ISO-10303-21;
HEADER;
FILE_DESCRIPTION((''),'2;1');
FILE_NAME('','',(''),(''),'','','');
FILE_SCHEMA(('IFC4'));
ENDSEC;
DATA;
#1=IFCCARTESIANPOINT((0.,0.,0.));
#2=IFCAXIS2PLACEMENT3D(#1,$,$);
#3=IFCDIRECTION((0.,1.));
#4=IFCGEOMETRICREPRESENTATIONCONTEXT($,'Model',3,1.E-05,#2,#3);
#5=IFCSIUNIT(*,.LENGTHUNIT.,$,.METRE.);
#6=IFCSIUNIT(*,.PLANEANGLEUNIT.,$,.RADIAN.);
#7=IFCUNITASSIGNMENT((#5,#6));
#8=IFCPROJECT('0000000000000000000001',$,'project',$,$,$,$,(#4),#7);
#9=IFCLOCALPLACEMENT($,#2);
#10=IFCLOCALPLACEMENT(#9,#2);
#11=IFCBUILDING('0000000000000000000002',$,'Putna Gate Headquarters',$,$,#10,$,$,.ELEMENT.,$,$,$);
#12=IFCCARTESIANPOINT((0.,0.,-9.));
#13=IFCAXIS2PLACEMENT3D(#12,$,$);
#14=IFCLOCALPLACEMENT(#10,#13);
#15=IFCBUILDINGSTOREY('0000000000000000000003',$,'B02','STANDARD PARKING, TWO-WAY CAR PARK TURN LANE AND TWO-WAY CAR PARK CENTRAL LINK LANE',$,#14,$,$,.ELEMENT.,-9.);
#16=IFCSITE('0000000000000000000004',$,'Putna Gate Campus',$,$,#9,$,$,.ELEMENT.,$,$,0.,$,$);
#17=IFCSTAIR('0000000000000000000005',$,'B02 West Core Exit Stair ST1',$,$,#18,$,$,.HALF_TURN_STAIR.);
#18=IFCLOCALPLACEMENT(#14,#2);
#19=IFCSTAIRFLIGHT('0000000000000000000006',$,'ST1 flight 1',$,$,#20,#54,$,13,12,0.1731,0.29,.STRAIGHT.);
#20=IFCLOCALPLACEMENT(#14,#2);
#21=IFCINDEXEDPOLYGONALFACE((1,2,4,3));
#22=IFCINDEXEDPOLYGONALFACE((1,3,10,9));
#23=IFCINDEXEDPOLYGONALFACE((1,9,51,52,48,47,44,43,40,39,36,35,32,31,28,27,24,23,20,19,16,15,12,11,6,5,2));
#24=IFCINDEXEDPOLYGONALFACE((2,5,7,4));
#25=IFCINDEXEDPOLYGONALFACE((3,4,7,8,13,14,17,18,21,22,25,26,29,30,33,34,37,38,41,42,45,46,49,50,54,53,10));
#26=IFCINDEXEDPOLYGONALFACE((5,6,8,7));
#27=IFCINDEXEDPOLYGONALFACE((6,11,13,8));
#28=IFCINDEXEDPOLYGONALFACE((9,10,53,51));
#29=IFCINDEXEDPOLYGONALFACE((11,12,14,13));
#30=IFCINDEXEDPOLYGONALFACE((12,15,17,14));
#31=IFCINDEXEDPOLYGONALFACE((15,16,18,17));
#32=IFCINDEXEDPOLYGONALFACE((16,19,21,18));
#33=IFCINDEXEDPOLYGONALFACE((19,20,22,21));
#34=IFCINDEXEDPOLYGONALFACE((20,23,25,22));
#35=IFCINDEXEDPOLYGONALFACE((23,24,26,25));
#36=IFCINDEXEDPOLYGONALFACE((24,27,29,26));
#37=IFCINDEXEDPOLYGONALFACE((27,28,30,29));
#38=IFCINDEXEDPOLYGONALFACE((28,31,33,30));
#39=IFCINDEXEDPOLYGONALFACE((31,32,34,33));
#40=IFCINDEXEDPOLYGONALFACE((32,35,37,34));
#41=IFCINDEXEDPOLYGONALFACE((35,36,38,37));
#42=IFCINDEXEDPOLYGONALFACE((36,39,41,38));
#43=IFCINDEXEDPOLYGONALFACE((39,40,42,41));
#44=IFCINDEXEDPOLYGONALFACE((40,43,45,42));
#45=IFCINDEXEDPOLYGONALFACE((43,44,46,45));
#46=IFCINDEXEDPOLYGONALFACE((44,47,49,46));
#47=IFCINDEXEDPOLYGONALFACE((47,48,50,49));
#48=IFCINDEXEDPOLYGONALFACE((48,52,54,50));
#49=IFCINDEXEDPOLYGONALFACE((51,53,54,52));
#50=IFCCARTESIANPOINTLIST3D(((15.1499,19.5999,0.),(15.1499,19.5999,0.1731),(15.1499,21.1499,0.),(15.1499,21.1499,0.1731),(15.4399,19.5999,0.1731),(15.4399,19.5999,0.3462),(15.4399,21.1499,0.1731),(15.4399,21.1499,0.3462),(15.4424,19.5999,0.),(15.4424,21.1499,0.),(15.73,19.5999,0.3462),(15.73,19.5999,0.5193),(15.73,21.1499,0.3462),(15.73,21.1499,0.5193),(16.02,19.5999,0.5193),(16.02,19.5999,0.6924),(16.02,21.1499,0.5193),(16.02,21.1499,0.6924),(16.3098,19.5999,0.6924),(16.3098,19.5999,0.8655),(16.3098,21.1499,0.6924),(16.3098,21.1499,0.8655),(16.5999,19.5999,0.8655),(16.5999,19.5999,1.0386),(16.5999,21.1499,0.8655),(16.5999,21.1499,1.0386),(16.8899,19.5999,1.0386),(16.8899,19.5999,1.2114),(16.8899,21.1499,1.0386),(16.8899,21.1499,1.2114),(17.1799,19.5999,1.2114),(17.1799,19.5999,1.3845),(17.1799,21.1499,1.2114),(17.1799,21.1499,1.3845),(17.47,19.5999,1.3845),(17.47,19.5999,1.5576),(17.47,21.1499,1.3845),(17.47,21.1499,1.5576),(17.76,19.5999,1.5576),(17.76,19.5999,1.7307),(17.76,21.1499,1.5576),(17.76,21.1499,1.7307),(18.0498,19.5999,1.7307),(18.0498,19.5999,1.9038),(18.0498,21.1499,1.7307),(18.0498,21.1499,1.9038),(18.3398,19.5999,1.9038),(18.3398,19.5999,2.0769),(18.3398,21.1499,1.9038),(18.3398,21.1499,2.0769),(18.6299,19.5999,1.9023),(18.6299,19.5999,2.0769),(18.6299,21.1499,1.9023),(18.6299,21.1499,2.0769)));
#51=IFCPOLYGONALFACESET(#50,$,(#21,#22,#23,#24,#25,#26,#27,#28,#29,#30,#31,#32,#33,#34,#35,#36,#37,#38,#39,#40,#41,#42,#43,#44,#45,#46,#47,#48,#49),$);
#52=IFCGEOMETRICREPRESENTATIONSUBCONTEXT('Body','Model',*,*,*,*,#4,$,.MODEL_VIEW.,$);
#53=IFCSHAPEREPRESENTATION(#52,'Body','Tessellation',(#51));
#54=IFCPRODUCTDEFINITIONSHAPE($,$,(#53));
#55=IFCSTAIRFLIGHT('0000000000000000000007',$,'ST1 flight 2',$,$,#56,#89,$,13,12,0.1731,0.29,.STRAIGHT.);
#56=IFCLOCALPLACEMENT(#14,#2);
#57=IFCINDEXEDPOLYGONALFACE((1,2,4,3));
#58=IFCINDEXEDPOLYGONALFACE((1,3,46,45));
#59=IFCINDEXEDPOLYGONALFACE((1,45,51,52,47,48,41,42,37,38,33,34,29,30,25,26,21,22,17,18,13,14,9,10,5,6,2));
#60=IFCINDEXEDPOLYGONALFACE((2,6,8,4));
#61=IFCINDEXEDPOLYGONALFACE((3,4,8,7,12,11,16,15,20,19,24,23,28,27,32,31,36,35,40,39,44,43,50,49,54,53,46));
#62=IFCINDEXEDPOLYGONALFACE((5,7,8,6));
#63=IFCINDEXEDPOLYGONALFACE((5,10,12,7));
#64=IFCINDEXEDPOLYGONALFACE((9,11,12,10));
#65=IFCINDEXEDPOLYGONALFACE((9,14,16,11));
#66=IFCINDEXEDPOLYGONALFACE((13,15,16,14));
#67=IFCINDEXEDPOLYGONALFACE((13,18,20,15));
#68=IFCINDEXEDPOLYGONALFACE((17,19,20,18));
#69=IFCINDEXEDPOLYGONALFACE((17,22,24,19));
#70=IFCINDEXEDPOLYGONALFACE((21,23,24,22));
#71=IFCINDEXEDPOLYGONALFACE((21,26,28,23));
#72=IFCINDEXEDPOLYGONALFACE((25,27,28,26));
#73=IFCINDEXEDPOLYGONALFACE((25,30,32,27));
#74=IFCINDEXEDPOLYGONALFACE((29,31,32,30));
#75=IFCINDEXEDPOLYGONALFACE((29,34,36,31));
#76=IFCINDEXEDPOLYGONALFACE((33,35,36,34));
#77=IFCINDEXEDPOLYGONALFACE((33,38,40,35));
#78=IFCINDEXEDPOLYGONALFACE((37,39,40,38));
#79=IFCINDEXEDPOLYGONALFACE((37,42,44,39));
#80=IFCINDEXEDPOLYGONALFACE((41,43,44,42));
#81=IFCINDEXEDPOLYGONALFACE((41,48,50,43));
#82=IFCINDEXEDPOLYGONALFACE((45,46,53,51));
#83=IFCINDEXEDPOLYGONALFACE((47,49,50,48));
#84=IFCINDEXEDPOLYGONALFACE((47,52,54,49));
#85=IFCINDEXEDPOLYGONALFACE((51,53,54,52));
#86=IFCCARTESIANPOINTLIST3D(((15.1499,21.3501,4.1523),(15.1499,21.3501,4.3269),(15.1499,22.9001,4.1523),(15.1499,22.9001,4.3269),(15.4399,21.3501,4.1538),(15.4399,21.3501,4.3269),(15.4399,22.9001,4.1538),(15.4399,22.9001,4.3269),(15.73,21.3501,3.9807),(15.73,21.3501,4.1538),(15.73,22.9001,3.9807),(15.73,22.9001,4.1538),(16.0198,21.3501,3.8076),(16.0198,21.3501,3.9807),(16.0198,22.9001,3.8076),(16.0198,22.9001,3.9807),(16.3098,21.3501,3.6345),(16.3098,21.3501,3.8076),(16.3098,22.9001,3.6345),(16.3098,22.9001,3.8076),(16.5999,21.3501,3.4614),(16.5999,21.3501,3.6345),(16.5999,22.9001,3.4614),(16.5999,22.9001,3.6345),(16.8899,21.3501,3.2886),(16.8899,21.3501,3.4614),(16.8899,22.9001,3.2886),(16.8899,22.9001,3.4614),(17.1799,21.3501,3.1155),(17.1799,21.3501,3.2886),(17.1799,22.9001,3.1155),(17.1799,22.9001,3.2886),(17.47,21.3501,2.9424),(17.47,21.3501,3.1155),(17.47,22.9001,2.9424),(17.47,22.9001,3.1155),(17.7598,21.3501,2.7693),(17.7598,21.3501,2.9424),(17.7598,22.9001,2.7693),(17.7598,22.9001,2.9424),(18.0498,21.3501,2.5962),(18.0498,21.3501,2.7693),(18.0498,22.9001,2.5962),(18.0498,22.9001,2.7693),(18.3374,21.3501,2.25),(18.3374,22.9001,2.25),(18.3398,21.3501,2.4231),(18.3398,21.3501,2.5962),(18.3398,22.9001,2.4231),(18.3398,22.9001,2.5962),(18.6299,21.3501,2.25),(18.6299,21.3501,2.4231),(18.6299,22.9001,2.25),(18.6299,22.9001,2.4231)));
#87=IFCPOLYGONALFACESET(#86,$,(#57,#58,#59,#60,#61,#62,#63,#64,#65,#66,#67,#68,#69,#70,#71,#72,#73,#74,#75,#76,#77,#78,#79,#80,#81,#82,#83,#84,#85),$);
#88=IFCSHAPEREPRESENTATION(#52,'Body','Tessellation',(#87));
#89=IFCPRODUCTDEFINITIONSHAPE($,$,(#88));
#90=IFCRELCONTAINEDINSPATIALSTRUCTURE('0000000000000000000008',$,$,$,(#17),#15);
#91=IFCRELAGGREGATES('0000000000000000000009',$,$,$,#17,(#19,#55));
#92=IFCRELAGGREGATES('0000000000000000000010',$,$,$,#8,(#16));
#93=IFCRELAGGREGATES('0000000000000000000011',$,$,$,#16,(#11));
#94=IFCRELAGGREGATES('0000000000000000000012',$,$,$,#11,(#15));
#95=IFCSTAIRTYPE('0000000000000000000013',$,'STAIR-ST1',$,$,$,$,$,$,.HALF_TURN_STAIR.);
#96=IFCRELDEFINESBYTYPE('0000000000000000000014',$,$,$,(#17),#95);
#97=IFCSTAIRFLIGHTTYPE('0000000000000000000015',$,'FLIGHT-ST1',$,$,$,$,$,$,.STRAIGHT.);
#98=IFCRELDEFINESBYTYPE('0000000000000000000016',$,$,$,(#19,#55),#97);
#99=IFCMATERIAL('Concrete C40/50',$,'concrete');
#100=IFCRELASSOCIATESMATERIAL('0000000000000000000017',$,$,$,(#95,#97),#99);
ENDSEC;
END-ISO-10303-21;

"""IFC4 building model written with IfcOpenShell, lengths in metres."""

from ifc_helpers import new_model, si_unit, direction, frame, origin, place, context, subcontext, project, spatial, polyline, outline, extrude, material, type_object, element, aggregate, save


model = new_model("IFC4")

# Units and contexts
model_context = context("Model", 3, precision=1e-05, world=origin(), true_north=direction((0.0, 1.0)))
body_context = subcontext(model_context, "Body", "Model", "MODEL_VIEW")
ifc_project = project(units=[si_unit("LENGTHUNIT", "METRE"), si_unit("PLANEANGLEUNIT", "RADIAN")], contexts=[model_context])

# Site, building, storey
site_placement = place(None, origin())
site = spatial("IfcSite", under=ifc_project, at=site_placement, Name="Putna Gate Campus", CompositionType="ELEMENT", RefElevation=0.0)
building_placement = place(site_placement, origin())
building = spatial("IfcBuilding", under=site, at=building_placement, Name="Putna Gate Headquarters", CompositionType="ELEMENT")
storey_placement = place(building_placement, frame((0.0, 0.0, -9.0)))
storey = spatial("IfcBuildingStorey", under=building, at=storey_placement, Name="B02", Description="STANDARD PARKING, TWO-WAY CAR PARK TURN LANE AND TWO-WAY CAR PARK CENTRAL LINK LANE", CompositionType="ELEMENT", Elevation=-9.0)

# Shared definitions
ifc_material_1 = material(Name="Concrete C40/50", Category="concrete")

# Stair, stair flights
stair_type = type_object("IfcStairType", Name="STAIR-ST1", PredefinedType="HALF_TURN_STAIR", material=ifc_material_1)
stair_placement = place(storey_placement, origin())
stair = element("IfcStair", 1, at=stair_placement, inside=storey, type_object=stair_type, Name="B02 West Core Exit Stair ST1", PredefinedType="HALF_TURN_STAIR")
stair_flight_type = type_object("IfcStairFlightType", Name="FLIGHT-ST1", PredefinedType="STRAIGHT", material=ifc_material_1)
stair_flight_1_placement = place(storey_placement, frame((15.1499, 20.375, 0.0), z_axis=(0.0, 0.0, 1.0), x_axis=(1.0, 0.0, 0.0)))
stair_flight_1 = element("IfcStairFlight", 2, at=stair_flight_1_placement, type_object=stair_flight_type, Name="ST1 flight 1", NumberOfRisers=13, NumberOfTreads=12, PredefinedType="STRAIGHT", RiserHeight=0.1731, TreadLength=0.29, context=body_context, shape_type="SweptSolid", body=[
    extrude(outline(polyline([(0.0, 0.0), (0.0, 0.1731), (0.29, 0.1731), (0.29, 0.3462), (0.5801, 0.3462), (0.5801, 0.5193), (0.8701, 0.5193), (0.8701, 0.6924), (1.1599, 0.6924), (1.1599, 0.8655), (1.45, 0.8655), (1.45, 1.0386), (1.74, 1.0386), (1.74, 1.2114), (2.03, 1.2114), (2.03, 1.3845), (2.3201, 1.3845), (2.3201, 1.5576), (2.6101, 1.5576), (2.6101, 1.7307), (2.8999, 1.7307), (2.8999, 1.9038), (3.1899, 1.9038), (3.1899, 2.0769), (3.48, 2.0769), (3.48, 2.25), (3.48, 1.9023), (0.2925, 0.0), (0.0, 0.0)])), frame((0.0, 0.7749, 0.0), z_axis=(0.0, -1.0, 0.0), x_axis=(1.0, 0.0, 0.0)), (0.0, 0.0, 1.0), 1.55),
])
stair_flight_2_placement = place(storey_placement, frame((18.6299, 22.125, 2.25), z_axis=(0.0, 0.0, 1.0), x_axis=(-1.0, 0.0, 0.0)))
stair_flight_2 = element("IfcStairFlight", 3, at=stair_flight_2_placement, type_object=stair_flight_type, Name="ST1 flight 2", NumberOfRisers=13, NumberOfTreads=12, PredefinedType="STRAIGHT", RiserHeight=0.1731, TreadLength=0.29, context=body_context, shape_type="SweptSolid", body=[
    extrude(outline(polyline([(0.0, 0.0), (0.0, 0.1731), (0.29, 0.1731), (0.29, 0.3462), (0.5801, 0.3462), (0.5801, 0.5193), (0.8701, 0.5193), (0.8701, 0.6924), (1.1599, 0.6924), (1.1599, 0.8655), (1.45, 0.8655), (1.45, 1.0386), (1.74, 1.0386), (1.74, 1.2114), (2.03, 1.2114), (2.03, 1.3845), (2.3201, 1.3845), (2.3201, 1.5576), (2.6101, 1.5576), (2.6101, 1.7307), (2.8999, 1.7307), (2.8999, 1.9038), (3.1899, 1.9038), (3.1899, 2.0769), (3.48, 2.0769), (3.48, 2.25), (3.48, 1.9023), (0.2925, 0.0), (0.0, 0.0)])), frame((0.0, 0.7749, 0.0), z_axis=(0.0, -1.0, 0.0), x_axis=(1.0, 0.0, 0.0)), (0.0, 0.0, 1.0), 1.55),
])
aggregate(stair, [stair_flight_1, stair_flight_2])

save(model, "model.ifc")
